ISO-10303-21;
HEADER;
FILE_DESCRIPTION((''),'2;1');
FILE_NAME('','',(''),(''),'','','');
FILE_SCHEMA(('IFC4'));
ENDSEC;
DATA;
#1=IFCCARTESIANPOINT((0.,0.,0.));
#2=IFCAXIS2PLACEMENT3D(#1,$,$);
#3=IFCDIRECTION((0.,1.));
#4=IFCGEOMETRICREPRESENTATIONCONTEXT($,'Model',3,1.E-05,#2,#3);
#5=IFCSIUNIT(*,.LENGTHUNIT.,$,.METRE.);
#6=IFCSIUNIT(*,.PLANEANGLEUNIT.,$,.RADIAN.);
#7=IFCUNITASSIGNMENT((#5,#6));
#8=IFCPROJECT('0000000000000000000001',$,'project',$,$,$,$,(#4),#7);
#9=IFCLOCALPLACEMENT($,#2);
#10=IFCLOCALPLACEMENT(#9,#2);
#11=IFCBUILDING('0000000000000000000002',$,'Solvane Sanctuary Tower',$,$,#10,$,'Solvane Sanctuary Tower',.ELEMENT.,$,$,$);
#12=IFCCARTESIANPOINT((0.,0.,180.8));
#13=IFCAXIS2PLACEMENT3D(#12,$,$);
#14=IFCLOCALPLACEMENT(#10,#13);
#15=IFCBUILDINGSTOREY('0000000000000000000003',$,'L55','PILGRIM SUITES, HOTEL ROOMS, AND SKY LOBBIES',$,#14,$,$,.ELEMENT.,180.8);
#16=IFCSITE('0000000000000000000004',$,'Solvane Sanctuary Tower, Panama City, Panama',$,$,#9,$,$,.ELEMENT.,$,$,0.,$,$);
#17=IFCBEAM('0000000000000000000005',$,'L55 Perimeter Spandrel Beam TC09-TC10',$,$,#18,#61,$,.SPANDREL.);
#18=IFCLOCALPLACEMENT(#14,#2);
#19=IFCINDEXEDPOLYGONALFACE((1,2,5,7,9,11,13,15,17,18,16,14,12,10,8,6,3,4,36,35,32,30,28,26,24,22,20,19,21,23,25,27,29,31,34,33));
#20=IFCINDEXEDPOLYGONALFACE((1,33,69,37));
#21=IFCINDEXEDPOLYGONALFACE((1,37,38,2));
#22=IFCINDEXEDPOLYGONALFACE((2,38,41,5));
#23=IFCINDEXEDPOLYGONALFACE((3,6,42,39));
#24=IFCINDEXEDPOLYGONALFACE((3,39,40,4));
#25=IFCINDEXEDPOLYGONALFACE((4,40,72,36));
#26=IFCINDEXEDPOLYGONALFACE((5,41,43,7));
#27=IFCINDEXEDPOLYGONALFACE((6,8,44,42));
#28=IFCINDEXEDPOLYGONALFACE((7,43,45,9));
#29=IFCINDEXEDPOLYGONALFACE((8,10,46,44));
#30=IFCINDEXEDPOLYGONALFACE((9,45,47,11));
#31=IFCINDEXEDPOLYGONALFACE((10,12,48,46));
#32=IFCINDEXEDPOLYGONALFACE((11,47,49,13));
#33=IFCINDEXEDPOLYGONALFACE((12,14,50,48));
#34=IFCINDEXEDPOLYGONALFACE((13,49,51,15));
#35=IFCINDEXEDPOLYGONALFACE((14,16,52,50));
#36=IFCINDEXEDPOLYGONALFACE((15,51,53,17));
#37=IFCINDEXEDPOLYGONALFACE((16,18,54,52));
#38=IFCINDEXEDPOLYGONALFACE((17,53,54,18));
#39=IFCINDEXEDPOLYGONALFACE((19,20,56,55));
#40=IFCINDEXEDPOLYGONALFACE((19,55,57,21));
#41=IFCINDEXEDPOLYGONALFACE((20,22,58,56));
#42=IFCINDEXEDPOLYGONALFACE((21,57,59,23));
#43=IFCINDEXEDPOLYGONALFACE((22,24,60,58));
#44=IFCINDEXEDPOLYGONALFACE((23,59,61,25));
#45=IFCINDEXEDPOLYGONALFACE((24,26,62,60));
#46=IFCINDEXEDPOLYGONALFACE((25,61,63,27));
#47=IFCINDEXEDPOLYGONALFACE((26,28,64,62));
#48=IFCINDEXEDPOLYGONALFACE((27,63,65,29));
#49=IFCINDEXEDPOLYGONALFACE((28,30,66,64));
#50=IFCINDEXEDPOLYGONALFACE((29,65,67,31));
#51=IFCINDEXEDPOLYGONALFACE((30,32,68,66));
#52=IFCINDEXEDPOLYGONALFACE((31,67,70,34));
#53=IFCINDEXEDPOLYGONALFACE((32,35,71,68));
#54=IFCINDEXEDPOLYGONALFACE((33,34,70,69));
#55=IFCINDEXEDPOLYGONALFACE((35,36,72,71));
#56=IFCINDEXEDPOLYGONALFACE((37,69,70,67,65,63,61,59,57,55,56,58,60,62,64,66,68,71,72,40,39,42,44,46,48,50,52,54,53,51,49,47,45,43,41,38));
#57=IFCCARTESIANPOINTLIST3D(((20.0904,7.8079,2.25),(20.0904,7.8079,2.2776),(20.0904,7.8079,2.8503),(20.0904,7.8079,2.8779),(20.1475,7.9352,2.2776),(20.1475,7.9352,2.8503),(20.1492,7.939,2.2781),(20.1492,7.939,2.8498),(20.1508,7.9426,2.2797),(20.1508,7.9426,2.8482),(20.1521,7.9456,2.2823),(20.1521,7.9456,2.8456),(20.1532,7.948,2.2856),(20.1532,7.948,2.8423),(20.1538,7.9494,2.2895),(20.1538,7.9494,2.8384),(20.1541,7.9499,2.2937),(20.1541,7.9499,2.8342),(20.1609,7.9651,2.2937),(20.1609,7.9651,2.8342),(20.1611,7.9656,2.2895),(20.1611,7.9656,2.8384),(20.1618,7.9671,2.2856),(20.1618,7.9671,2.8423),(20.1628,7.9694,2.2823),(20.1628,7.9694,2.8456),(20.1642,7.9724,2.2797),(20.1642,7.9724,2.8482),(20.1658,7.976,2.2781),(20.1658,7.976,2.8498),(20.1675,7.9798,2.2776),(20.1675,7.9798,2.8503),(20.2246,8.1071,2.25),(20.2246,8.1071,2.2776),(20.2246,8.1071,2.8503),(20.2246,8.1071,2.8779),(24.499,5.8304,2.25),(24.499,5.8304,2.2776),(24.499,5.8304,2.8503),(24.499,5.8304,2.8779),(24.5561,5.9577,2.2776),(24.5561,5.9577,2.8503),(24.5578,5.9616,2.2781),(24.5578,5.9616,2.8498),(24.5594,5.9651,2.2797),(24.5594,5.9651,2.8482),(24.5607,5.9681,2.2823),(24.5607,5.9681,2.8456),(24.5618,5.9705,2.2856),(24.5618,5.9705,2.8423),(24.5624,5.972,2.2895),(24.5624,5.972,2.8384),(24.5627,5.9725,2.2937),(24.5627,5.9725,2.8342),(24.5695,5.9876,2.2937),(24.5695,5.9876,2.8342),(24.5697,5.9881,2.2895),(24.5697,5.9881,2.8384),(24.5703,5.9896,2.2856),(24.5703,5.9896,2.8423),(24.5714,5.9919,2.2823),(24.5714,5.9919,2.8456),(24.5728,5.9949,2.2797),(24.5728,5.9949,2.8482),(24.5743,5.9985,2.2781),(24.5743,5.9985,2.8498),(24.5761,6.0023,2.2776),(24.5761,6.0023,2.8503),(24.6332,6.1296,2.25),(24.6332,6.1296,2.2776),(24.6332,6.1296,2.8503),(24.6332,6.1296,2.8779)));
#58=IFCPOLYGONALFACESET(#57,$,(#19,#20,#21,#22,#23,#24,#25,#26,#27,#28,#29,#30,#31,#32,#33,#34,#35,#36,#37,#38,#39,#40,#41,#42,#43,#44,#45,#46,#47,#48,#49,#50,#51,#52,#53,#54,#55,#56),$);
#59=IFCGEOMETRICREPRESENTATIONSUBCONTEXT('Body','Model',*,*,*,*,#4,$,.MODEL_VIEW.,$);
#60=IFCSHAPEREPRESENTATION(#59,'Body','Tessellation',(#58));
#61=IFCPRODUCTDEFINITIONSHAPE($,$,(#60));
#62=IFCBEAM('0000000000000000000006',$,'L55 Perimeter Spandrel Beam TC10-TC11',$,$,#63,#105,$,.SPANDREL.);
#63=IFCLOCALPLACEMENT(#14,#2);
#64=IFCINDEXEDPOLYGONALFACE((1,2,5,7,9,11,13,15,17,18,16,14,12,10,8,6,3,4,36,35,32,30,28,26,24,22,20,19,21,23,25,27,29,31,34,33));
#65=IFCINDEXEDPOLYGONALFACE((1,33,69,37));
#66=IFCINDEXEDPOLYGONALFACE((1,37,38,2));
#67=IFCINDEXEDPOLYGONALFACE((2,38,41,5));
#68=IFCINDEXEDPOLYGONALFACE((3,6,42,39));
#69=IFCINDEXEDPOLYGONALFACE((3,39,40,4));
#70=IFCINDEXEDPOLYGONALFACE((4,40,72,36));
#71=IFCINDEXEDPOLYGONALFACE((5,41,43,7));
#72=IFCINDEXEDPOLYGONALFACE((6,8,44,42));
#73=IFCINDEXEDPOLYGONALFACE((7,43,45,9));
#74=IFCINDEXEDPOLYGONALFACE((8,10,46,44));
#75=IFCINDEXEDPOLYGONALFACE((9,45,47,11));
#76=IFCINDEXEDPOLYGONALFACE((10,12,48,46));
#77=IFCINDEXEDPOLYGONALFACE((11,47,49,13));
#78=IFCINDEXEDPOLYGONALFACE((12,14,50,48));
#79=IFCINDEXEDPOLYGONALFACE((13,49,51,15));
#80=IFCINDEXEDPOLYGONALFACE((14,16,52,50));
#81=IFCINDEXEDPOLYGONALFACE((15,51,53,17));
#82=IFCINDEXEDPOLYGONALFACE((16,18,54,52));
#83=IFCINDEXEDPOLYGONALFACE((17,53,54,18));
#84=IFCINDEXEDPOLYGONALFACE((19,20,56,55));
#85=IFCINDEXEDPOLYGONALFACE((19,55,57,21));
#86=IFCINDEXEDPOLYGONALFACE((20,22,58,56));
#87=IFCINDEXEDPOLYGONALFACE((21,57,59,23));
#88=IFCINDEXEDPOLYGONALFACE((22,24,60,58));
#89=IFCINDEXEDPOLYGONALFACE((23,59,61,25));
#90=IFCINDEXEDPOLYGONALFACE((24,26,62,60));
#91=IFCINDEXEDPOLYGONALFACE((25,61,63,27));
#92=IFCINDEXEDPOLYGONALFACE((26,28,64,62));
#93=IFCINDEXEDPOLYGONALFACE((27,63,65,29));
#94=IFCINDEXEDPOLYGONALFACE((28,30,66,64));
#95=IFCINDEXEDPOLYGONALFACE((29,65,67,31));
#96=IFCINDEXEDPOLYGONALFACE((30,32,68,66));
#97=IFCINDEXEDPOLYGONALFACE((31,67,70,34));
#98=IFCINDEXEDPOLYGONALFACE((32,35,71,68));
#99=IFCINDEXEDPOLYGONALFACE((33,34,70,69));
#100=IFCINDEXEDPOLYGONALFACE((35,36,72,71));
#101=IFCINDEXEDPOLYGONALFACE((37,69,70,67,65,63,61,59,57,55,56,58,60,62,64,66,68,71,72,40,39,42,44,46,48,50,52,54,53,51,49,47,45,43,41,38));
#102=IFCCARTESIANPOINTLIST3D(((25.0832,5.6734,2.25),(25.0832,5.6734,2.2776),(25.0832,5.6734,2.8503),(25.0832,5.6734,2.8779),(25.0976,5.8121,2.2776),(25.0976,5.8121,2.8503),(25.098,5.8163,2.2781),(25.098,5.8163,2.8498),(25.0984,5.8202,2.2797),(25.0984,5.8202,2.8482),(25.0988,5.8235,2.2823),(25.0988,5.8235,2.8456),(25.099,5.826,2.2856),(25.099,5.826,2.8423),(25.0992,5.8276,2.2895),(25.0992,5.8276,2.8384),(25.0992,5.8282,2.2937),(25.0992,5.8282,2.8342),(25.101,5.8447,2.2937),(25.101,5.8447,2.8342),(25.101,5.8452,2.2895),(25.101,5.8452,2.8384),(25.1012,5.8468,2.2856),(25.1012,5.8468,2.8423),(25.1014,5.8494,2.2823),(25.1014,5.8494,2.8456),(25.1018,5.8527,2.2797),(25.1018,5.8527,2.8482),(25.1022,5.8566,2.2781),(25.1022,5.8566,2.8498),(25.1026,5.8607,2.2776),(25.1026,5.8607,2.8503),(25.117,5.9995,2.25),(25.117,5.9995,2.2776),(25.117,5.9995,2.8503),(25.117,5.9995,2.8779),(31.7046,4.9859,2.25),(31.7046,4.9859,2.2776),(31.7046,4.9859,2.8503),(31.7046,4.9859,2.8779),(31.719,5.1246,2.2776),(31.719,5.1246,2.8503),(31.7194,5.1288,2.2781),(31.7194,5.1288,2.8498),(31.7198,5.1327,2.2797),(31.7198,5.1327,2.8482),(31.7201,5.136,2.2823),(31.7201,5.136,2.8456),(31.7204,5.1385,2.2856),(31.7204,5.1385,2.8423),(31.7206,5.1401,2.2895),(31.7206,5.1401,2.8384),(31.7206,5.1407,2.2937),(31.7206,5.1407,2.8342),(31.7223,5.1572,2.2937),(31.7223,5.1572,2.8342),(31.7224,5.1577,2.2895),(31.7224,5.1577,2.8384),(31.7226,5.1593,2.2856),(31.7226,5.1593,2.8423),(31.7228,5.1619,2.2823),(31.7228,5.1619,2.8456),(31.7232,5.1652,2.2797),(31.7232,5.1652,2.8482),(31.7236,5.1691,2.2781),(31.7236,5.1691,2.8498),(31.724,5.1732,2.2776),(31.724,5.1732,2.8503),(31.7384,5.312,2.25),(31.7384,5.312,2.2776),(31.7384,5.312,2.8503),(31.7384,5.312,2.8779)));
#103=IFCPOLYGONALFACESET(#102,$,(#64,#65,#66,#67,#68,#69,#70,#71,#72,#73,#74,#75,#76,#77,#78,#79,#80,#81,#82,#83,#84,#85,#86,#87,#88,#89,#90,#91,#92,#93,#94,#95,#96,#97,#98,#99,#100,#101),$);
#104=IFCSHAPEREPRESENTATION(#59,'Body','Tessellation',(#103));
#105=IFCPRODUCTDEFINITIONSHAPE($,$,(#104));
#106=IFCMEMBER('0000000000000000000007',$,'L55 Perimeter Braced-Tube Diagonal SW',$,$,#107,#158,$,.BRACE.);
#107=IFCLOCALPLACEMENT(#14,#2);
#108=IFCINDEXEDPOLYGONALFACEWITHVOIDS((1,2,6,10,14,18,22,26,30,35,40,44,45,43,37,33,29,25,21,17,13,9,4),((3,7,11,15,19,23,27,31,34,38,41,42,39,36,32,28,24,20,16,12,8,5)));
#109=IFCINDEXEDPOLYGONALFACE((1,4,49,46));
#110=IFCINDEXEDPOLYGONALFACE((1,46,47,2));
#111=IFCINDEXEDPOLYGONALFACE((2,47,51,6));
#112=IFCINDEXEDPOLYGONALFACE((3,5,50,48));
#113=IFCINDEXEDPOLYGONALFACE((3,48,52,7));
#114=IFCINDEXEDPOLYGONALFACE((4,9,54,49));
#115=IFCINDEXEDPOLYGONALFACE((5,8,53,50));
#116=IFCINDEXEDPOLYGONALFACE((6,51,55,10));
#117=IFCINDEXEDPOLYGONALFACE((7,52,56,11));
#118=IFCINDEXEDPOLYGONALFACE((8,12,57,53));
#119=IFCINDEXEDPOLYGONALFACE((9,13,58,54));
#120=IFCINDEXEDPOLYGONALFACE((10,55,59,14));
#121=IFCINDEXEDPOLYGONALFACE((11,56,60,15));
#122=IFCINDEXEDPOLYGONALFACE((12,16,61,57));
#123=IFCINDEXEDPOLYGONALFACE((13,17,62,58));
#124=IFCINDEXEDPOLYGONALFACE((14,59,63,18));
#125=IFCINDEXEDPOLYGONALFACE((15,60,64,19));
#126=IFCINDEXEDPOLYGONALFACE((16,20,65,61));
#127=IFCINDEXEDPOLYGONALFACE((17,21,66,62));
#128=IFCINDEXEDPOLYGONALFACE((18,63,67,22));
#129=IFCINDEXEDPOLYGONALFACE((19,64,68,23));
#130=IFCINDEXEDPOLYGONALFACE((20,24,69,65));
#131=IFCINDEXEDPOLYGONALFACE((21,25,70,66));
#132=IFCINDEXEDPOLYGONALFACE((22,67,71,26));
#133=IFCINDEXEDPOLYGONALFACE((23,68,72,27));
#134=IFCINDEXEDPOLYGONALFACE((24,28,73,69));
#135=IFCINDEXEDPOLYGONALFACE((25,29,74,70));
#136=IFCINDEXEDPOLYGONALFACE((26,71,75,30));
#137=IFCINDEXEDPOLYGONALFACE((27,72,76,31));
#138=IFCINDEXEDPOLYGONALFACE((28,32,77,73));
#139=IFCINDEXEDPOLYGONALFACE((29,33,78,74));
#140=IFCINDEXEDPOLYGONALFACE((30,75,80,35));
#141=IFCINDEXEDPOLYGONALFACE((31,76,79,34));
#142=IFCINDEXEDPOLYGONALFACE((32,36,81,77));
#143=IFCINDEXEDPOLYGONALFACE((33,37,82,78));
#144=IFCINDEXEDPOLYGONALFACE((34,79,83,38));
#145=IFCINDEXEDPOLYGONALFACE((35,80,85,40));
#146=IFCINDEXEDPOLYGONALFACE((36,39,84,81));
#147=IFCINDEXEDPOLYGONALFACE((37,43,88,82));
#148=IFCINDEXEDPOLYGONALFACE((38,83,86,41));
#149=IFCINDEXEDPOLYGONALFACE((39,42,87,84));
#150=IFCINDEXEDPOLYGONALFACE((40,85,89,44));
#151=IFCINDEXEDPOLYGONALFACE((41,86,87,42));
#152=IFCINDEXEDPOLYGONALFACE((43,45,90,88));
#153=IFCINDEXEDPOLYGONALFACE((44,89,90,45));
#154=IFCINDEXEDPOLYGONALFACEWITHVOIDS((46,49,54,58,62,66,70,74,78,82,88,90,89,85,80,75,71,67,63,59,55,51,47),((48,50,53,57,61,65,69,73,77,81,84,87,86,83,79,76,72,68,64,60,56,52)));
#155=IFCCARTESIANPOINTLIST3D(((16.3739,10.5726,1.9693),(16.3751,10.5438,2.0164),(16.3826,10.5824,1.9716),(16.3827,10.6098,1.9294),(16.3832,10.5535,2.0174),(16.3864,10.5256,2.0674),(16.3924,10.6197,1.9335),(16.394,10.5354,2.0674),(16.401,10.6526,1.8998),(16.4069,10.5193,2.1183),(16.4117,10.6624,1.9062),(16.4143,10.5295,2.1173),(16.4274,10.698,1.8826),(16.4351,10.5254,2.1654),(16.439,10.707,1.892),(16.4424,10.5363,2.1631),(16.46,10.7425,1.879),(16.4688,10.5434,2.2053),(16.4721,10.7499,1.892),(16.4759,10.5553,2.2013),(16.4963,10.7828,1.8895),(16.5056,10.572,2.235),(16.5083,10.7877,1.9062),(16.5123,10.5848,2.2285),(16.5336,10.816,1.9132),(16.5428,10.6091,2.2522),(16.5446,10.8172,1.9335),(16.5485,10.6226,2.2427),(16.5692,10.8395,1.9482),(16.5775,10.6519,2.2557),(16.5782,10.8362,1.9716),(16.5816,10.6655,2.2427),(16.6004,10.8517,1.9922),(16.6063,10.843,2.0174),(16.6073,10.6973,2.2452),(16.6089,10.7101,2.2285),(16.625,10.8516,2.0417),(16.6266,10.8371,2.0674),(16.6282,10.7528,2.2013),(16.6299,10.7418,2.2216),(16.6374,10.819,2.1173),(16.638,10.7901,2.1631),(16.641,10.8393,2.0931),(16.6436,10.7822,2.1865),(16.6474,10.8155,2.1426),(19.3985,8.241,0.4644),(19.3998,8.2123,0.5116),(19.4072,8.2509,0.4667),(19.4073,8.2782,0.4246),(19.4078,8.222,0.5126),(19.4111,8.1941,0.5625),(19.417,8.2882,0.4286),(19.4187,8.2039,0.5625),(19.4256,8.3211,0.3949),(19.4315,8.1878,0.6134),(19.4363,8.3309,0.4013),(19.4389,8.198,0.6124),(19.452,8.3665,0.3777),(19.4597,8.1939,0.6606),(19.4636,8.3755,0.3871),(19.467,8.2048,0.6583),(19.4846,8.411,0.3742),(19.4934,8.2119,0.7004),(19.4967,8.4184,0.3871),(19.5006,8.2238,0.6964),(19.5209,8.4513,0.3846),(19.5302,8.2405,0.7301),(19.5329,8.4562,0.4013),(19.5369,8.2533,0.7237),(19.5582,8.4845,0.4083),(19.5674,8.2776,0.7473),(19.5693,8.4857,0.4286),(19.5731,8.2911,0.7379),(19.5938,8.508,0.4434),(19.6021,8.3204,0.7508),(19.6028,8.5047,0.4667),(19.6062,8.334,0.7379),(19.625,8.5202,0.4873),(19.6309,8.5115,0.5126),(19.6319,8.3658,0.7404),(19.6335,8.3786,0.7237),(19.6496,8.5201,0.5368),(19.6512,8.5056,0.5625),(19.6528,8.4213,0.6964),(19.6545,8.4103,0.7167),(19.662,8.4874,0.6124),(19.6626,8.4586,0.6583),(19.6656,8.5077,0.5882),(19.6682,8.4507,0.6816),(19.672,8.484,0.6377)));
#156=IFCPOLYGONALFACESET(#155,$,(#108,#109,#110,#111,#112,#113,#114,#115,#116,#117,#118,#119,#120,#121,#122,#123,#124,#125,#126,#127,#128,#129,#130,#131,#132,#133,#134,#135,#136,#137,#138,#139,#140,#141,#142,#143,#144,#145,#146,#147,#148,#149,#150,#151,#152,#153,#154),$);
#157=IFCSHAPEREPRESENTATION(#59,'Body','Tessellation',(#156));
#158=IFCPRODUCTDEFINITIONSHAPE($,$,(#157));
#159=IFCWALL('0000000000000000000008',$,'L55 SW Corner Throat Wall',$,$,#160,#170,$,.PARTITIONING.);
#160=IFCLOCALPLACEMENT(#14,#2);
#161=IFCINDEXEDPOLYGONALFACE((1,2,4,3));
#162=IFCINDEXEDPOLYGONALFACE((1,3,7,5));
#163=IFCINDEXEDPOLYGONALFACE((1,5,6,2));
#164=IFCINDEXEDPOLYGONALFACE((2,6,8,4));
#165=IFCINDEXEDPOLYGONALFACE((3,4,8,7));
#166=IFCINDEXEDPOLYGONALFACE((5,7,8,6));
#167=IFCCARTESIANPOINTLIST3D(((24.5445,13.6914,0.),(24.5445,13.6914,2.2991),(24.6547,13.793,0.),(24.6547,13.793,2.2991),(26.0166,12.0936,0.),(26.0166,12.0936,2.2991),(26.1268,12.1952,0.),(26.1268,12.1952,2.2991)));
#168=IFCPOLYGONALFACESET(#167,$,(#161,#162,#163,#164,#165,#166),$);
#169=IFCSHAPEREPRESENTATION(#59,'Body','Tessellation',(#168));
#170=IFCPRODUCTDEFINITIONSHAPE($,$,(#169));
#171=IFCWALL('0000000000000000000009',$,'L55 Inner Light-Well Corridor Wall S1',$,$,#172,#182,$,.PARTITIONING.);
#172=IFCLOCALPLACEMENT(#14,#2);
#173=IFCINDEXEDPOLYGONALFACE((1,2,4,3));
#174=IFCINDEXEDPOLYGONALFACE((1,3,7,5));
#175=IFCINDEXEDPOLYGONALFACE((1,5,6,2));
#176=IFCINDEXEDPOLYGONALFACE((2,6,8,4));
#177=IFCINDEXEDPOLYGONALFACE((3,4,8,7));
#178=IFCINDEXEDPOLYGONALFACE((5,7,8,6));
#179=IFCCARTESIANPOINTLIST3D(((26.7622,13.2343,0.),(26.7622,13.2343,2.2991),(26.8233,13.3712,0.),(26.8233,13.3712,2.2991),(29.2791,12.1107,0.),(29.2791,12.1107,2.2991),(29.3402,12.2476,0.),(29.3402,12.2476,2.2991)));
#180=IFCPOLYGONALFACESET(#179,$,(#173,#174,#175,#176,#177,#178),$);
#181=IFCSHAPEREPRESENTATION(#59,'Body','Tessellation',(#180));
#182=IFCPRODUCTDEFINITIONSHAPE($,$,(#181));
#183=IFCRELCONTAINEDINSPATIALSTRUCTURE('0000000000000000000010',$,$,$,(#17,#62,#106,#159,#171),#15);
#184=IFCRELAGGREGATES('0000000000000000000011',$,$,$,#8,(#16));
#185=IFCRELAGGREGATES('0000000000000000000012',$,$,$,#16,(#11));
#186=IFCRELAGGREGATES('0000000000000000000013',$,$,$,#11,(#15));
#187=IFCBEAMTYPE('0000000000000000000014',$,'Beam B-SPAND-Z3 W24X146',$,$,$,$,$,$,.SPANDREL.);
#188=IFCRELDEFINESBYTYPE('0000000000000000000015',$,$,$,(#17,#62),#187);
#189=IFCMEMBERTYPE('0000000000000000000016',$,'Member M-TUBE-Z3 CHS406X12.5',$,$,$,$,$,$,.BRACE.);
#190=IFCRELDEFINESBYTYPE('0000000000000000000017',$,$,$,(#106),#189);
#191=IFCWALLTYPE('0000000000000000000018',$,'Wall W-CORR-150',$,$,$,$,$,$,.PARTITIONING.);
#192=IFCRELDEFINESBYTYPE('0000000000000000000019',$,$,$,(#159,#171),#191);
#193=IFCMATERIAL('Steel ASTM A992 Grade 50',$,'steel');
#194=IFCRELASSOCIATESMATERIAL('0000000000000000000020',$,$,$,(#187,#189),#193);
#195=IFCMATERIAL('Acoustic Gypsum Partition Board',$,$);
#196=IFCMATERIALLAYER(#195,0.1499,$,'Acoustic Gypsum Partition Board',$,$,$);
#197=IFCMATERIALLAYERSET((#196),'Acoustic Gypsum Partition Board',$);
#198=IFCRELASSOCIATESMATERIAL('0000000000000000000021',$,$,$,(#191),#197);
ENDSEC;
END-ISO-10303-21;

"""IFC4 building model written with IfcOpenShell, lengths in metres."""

from ifc_helpers import new_model, si_unit, direction, frame, frame_2d, origin, origin_2d, place, context, subcontext, project, spatial, rectangle, hollow_circle, i_section, extrude, material, layer, layer_set, material_profile, profile_set, type_object, element, save


model = new_model("IFC4")

# Units and contexts
model_context = context("Model", 3, precision=1e-05, world=origin(), true_north=direction((0.0, 1.0)))
body_context = subcontext(model_context, "Body", "Model", "MODEL_VIEW")
ifc_project = project(units=[si_unit("LENGTHUNIT", "METRE"), si_unit("PLANEANGLEUNIT", "RADIAN")], contexts=[model_context])

# Site, building, storey
site_placement = place(None, origin())
site = spatial("IfcSite", under=ifc_project, at=site_placement, Name="Solvane Sanctuary Tower, Panama City, Panama", CompositionType="ELEMENT", RefElevation=0.0)
building_placement = place(site_placement, origin())
building = spatial("IfcBuilding", under=site, at=building_placement, Name="Solvane Sanctuary Tower", LongName="Solvane Sanctuary Tower", CompositionType="ELEMENT")
storey_placement = place(building_placement, frame((0.0, 0.0, 180.8)))
storey = spatial("IfcBuildingStorey", under=building, at=storey_placement, Name="L55", Description="PILGRIM SUITES, HOTEL ROOMS, AND SKY LOBBIES", CompositionType="ELEMENT", Elevation=180.8)

# Beams
ifc_material_1 = material(Name="Steel ASTM A992 Grade 50", Category="steel")
ifc_material_profile_1 = material_profile(ifc_material_1, i_section(OverallWidth=0.3279, OverallDepth=0.6279, WebThickness=0.0166, FlangeThickness=0.0276, FilletRadius=0.0161, at=origin_2d()), Name="W24X146")
ifc_profile_set_1 = profile_set([ifc_material_profile_1], Name="Steel ASTM A992 Grade 50")
beam_type_1 = type_object("IfcBeamType", Name="Beam B-SPAND-Z3 W24X146", PredefinedType="SPANDREL", material=ifc_profile_set_1)
beam_1_placement = place(storey_placement, frame((20.1575, 7.9575, 2.564), z_axis=(0.912414, -0.409268, 0.0), x_axis=(0.409268, 0.912414, 0.0)))
element("IfcBeam", 1, at=beam_1_placement, inside=storey, type_object=beam_type_1, Name="L55 Perimeter Spandrel Beam TC09-TC10", PredefinedType="SPANDREL", context=body_context, shape_type="SweptSolid", body=[
    extrude(i_section(OverallWidth=0.3279, OverallDepth=0.6279, WebThickness=0.0166, FlangeThickness=0.0276, FilletRadius=0.0161, at=origin_2d()), origin(), (0.0, 0.0, 1.0), 4.8318),
])
beam_2_placement = place(storey_placement, frame((25.1001, 5.8364, 2.564), z_axis=(0.994653, -0.103276, 0.0), x_axis=(0.103276, 0.994653, 0.0)))
element("IfcBeam", 2, at=beam_2_placement, inside=storey, type_object=beam_type_1, Name="L55 Perimeter Spandrel Beam TC10-TC11", PredefinedType="SPANDREL", context=body_context, shape_type="SweptSolid", body=[
    extrude(i_section(OverallWidth=0.3279, OverallDepth=0.6279, WebThickness=0.0166, FlangeThickness=0.0276, FilletRadius=0.0161, at=origin_2d()), origin(), (0.0, 0.0, 1.0), 6.657),
])

# Member
ifc_material_profile_2 = material_profile(ifc_material_1, hollow_circle(Radius=0.2029, WallThickness=0.0125, at=origin_2d()), Name="CHS406X12.5")
ifc_profile_set_2 = profile_set([ifc_material_profile_2], Name="Steel ASTM A992 Grade 50")
member_type = type_object("IfcMemberType", Name="Member M-TUBE-Z3 CHS406X12.5", PredefinedType="BRACE", material=ifc_profile_set_2)
member_placement = place(storey_placement, frame((19.5349, 8.3547, 0.5625), z_axis=(-0.73686, 0.568005, 0.366616), x_axis=(-0.610514, -0.792006, 0.0)))
element("IfcMember", 3, at=member_placement, inside=storey, type_object=member_type, Name="L55 Perimeter Braced-Tube Diagonal SW", PredefinedType="BRACE", context=body_context, shape_type="SweptSolid", body=[
    extrude(hollow_circle(Radius=0.2029, WallThickness=0.0125, at=origin_2d()), origin(), (0.0, 0.0, 1.0), 4.1047),
])

# Walls
ifc_material_2 = material(Name="Acoustic Gypsum Partition Board")
ifc_layer_1 = layer(ifc_material_2, 0.1499, Name="Acoustic Gypsum Partition Board")
ifc_layer_set_1 = layer_set([ifc_layer_1], Name="Acoustic Gypsum Partition Board")
wall_type_1 = type_object("IfcWallType", Name="Wall W-CORR-150", PredefinedType="PARTITIONING", material=ifc_layer_set_1)
wall_1_placement = place(storey_placement, frame((26.0718, 12.1443, 0.0), z_axis=(0.0, 0.0, 1.0), x_axis=(-0.67758, 0.735449, 0.0)))
element("IfcWall", 4, at=wall_1_placement, inside=storey, type_object=wall_type_1, Name="L55 SW Corner Throat Wall", PredefinedType="PARTITIONING", context=body_context, shape_type="SweptSolid", body=[
    extrude(rectangle(XDim=2.1726, YDim=0.1499, at=frame_2d((1.0864, 0.0))), origin(), (0.0, 0.0, 1.0), 2.2991),
])
wall_2_placement = place(storey_placement, frame((26.7927, 13.3027, 0.0), z_axis=(0.0, 0.0, 1.0), x_axis=(0.913146, -0.407634, 0.0)))
element("IfcWall", 5, at=wall_2_placement, inside=storey, type_object=wall_type_1, Name="L55 Inner Light-Well Corridor Wall S1", PredefinedType="PARTITIONING", context=body_context, shape_type="SweptSolid", body=[
    extrude(rectangle(XDim=2.7563, YDim=0.1499, at=frame_2d((1.3782, 0.0))), origin(), (0.0, 0.0, 1.0), 2.2991),
])

save(model, "model.ifc")
